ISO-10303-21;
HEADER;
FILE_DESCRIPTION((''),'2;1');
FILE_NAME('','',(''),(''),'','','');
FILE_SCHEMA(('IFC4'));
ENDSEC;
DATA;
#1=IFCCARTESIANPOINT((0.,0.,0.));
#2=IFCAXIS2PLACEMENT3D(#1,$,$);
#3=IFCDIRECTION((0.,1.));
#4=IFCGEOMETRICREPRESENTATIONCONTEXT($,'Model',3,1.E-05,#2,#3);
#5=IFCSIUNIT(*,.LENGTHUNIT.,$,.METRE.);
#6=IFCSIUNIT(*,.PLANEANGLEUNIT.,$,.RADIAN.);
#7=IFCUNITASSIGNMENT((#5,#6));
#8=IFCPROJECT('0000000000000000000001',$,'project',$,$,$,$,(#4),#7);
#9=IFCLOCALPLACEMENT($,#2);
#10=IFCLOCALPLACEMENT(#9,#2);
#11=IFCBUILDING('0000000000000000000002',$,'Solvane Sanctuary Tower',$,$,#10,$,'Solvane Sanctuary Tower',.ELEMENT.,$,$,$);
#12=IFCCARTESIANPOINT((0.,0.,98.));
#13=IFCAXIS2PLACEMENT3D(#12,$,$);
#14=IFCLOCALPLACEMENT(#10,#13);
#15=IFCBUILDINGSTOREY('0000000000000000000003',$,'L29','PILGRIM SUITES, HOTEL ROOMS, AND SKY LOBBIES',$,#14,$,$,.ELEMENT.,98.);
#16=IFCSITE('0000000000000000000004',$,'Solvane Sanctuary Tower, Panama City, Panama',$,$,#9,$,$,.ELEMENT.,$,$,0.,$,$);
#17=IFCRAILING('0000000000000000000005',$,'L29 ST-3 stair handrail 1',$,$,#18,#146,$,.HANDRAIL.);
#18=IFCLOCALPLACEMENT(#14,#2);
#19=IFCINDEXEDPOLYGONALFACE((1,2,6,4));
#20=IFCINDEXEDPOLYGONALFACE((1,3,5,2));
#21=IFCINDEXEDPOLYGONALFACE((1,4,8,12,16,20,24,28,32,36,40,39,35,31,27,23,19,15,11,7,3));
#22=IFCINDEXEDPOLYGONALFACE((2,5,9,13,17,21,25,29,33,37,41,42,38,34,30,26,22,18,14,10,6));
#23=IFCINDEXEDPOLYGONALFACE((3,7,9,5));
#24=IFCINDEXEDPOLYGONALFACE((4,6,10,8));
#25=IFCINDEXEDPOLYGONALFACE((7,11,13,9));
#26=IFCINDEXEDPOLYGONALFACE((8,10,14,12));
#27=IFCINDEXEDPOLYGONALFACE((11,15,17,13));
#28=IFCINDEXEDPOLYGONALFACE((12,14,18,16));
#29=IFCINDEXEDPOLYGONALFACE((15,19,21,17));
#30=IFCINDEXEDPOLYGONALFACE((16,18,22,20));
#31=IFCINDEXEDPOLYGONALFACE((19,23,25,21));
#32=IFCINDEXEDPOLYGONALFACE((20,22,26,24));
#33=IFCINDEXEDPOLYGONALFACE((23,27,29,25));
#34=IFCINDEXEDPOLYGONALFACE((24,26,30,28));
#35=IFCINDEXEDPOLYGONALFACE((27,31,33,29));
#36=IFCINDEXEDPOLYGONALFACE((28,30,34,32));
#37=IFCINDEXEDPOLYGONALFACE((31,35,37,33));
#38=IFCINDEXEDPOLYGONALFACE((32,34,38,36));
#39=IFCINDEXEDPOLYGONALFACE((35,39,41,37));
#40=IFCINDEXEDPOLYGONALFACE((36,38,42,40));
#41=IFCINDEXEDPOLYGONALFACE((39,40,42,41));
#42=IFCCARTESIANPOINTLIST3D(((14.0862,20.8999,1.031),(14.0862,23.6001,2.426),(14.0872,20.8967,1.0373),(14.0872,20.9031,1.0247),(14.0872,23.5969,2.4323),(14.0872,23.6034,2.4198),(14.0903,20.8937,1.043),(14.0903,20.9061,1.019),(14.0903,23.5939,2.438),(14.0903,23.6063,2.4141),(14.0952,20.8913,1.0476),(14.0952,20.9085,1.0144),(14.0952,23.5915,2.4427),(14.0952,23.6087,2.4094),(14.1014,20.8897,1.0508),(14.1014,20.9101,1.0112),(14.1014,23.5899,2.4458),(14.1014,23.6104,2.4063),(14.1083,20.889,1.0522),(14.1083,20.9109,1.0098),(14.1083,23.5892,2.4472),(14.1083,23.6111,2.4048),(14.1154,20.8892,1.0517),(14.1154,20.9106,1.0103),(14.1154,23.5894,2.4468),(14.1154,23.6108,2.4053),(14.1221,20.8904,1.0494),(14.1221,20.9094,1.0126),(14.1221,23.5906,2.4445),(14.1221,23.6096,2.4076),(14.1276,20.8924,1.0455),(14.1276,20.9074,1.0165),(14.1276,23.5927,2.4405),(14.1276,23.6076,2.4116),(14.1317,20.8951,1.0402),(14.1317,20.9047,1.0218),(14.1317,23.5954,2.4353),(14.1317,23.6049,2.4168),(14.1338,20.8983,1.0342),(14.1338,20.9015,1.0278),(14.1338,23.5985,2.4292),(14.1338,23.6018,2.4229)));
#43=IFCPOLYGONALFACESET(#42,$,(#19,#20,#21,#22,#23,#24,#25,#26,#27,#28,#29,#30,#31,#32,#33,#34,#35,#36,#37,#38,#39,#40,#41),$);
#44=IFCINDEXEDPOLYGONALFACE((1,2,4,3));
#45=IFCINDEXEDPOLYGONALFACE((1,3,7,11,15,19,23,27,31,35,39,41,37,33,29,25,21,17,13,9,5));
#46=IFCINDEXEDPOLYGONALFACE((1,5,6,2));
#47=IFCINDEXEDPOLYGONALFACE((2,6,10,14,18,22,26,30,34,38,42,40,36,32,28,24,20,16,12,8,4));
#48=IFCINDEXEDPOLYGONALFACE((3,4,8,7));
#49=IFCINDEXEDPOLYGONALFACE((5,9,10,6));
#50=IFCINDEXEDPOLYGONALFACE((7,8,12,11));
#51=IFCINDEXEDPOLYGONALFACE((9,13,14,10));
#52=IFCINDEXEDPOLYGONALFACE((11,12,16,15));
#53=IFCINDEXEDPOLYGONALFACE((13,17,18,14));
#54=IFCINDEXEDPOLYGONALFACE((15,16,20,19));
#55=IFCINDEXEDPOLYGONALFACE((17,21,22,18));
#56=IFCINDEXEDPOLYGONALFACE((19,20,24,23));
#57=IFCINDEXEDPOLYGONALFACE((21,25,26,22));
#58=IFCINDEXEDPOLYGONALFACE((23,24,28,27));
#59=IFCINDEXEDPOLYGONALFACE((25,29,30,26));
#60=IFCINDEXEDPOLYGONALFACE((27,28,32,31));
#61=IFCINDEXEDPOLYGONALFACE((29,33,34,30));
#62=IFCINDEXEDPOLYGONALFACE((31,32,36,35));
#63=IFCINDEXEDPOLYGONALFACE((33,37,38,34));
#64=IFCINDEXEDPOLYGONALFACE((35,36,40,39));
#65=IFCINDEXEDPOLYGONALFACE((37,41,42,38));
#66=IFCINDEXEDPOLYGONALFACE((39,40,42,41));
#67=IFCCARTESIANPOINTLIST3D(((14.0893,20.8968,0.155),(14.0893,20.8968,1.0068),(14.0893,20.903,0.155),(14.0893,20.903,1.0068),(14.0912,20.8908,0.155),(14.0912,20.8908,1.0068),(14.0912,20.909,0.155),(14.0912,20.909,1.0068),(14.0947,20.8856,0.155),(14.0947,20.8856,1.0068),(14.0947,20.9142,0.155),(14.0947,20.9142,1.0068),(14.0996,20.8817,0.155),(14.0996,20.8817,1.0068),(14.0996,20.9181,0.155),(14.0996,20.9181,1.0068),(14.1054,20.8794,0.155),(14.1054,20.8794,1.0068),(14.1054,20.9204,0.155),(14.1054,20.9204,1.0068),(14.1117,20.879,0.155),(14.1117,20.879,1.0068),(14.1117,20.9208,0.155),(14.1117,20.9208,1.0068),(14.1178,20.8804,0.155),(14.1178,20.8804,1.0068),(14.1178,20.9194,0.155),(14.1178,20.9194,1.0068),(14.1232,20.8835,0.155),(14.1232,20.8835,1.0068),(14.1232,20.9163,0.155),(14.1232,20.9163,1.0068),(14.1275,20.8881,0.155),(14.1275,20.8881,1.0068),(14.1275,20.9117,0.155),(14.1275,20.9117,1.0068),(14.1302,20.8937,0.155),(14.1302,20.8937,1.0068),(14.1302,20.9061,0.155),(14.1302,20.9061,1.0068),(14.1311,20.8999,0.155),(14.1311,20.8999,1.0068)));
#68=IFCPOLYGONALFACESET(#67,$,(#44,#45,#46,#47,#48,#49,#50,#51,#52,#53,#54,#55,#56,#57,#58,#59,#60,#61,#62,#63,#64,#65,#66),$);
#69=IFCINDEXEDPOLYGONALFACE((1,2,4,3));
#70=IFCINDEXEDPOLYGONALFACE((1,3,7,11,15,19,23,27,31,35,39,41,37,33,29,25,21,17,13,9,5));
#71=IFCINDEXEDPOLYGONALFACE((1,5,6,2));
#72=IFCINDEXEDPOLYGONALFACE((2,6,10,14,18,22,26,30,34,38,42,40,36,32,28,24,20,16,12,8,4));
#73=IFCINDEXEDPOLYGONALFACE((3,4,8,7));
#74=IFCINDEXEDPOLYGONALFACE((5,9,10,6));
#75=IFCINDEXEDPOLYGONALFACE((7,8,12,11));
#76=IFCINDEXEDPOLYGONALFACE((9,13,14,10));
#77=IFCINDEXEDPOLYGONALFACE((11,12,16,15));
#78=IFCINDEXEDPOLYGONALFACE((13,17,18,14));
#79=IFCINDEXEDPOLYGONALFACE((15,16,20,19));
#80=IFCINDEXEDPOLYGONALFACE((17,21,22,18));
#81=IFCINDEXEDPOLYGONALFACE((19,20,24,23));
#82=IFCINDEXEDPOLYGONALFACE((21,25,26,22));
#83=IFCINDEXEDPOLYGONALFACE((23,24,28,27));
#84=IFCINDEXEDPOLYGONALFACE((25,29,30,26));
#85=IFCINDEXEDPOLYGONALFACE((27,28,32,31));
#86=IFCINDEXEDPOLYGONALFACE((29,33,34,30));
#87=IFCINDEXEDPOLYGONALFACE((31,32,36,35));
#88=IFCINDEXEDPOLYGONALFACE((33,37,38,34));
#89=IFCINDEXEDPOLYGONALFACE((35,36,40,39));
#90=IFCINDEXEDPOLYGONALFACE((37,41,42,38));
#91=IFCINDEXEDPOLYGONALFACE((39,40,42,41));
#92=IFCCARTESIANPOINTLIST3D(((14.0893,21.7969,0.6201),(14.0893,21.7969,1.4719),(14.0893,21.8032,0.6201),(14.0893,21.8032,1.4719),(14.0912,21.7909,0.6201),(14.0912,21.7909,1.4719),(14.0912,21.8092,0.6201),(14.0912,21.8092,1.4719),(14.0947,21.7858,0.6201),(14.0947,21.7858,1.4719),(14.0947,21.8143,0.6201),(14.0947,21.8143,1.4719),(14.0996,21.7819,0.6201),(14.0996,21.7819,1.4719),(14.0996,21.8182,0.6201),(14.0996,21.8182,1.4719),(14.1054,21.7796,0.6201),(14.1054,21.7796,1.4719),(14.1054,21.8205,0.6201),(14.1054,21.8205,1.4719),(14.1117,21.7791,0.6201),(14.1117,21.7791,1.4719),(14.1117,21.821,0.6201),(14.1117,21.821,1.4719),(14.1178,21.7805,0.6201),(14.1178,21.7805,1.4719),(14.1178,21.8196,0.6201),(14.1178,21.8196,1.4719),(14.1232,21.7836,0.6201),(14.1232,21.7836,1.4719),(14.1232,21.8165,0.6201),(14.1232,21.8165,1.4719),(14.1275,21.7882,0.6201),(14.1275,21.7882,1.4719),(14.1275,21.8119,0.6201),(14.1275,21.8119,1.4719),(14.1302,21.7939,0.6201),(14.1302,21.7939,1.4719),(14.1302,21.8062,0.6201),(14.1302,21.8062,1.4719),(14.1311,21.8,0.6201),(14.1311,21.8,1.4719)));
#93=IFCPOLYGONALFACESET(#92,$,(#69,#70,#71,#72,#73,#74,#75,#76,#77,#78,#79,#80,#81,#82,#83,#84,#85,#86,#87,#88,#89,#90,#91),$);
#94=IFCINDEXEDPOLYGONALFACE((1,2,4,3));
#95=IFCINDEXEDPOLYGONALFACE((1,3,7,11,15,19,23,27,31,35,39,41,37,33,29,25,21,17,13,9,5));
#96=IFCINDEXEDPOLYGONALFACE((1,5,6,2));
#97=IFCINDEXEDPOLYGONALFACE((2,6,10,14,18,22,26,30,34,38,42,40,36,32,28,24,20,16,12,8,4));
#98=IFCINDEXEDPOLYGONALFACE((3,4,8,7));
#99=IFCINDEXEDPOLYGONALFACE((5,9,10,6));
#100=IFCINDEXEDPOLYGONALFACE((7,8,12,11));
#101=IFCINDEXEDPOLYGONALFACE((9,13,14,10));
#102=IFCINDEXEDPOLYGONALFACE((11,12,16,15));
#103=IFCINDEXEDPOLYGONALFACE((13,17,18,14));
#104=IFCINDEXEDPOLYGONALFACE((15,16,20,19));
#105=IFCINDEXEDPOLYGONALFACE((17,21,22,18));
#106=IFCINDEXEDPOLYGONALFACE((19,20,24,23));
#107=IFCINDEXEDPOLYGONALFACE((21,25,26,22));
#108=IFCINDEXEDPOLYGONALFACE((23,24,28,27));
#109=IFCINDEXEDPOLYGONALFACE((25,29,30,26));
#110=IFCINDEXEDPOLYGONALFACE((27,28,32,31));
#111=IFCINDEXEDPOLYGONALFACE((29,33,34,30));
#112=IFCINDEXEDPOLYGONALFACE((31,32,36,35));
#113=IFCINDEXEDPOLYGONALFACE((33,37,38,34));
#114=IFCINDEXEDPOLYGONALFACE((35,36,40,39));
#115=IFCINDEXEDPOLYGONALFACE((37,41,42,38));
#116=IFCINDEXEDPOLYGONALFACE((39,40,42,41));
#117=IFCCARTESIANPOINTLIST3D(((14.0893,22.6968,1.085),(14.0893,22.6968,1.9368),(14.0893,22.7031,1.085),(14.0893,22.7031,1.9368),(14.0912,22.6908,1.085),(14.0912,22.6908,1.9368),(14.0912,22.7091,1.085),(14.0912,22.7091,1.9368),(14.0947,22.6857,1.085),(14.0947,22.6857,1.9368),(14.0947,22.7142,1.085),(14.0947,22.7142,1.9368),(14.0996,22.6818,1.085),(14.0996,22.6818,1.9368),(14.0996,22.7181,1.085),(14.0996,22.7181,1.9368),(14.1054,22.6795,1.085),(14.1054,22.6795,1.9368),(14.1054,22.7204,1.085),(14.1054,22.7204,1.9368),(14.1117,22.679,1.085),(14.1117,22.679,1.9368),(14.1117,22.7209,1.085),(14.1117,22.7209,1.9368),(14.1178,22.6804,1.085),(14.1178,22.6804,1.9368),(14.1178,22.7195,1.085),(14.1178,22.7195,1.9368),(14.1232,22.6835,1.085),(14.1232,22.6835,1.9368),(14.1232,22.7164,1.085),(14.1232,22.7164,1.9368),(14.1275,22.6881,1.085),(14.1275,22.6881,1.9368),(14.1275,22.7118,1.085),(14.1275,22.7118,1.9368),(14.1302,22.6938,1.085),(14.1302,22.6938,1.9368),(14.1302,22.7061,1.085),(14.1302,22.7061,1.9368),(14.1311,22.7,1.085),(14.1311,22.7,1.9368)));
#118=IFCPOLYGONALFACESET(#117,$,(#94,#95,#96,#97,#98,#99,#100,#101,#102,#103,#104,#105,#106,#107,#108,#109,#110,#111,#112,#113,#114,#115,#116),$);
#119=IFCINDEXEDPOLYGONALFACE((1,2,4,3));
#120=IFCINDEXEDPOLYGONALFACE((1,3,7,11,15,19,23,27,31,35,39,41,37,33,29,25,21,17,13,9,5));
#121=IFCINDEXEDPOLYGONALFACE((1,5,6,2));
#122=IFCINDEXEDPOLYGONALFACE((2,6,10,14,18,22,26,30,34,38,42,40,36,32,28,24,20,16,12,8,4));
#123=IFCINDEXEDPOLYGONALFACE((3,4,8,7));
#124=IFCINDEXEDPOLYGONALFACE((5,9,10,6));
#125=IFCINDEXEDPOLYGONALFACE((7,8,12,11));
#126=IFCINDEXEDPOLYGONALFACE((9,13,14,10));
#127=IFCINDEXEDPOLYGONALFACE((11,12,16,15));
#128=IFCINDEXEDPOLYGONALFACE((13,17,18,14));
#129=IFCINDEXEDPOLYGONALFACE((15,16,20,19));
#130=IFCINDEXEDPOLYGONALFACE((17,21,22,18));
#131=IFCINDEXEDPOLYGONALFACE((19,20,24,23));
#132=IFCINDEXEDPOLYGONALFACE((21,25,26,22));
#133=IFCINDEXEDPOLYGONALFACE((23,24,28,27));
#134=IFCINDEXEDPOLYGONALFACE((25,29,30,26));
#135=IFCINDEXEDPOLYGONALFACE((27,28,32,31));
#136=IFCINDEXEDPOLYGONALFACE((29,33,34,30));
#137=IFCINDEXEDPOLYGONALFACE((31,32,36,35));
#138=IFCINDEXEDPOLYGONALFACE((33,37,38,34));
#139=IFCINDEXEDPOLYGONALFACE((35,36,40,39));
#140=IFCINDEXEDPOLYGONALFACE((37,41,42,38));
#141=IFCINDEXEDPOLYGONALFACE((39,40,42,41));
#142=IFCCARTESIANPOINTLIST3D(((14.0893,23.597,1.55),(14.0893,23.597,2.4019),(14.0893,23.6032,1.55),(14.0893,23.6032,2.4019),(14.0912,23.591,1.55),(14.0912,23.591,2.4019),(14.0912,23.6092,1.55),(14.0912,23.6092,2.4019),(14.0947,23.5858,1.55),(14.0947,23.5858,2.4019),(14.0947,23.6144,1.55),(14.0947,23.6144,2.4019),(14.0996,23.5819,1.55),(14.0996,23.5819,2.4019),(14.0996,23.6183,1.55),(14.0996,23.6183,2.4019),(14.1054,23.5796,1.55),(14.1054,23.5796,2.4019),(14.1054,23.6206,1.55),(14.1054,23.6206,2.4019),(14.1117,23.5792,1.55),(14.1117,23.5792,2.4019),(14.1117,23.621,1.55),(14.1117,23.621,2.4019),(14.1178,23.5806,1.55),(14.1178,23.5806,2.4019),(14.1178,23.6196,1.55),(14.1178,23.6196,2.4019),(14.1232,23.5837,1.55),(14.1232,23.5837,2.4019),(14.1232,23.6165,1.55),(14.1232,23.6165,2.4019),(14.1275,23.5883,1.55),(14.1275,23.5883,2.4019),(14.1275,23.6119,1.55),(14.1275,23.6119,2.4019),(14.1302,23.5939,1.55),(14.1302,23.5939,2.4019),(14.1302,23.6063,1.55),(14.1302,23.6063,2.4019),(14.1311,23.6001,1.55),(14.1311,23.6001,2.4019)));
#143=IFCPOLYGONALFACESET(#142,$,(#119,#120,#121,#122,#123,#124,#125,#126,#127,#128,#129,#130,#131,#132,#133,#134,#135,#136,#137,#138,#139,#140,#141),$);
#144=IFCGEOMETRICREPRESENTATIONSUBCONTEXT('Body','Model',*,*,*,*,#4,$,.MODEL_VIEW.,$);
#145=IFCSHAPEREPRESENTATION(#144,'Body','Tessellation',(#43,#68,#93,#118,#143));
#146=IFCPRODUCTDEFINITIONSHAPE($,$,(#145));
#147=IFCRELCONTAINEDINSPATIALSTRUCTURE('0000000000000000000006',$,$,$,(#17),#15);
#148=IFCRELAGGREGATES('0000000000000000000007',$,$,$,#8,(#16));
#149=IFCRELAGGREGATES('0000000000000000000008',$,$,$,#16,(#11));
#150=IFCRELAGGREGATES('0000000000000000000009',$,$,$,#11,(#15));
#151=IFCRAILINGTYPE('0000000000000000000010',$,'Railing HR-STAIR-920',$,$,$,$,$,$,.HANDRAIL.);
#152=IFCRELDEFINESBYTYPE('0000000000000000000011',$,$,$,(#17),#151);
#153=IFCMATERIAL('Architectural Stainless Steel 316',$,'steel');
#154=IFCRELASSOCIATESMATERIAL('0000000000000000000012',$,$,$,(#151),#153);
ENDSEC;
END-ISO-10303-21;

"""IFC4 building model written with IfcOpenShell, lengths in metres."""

from ifc_helpers import new_model, si_unit, direction, frame, origin, origin_2d, place, context, subcontext, project, spatial, circle, extrude, material, type_object, element, save


model = new_model("IFC4")

# Units and contexts
model_context = context("Model", 3, precision=1e-05, world=origin(), true_north=direction((0.0, 1.0)))
body_context = subcontext(model_context, "Body", "Model", "MODEL_VIEW")
ifc_project = project(units=[si_unit("LENGTHUNIT", "METRE"), si_unit("PLANEANGLEUNIT", "RADIAN")], contexts=[model_context])

# Site, building, storey
site_placement = place(None, origin())
site = spatial("IfcSite", under=ifc_project, at=site_placement, Name="Solvane Sanctuary Tower, Panama City, Panama", CompositionType="ELEMENT", RefElevation=0.0)
building_placement = place(site_placement, origin())
building = spatial("IfcBuilding", under=site, at=building_placement, Name="Solvane Sanctuary Tower", LongName="Solvane Sanctuary Tower", CompositionType="ELEMENT")
storey_placement = place(building_placement, frame((0.0, 0.0, 98.0)))
storey = spatial("IfcBuildingStorey", under=building, at=storey_placement, Name="L29", Description="PILGRIM SUITES, HOTEL ROOMS, AND SKY LOBBIES", CompositionType="ELEMENT", Elevation=98.0)

# Railing
ifc_material_1 = material(Name="Architectural Stainless Steel 316", Category="steel")
railing_type_1 = type_object("IfcRailingType", Name="Railing HR-STAIR-920", PredefinedType="HANDRAIL", material=ifc_material_1)
railing_1_placement = place(storey_placement, frame((14.1101, 20.8999, 0.155)))
element("IfcRailing", 1, at=railing_1_placement, inside=storey, type_object=railing_type_1, Name="L29 ST-3 stair handrail 1", PredefinedType="HANDRAIL", context=body_context, shape_type="SweptSolid", body=[
    extrude(circle(Radius=0.0239, at=origin_2d()), frame((0.0, 0.0, 0.876), z_axis=(0.0, 0.888437, 0.458999), x_axis=(-1.0, 0.0, 0.0)), (0.0, 0.0, 1.0), 3.0393),
    extrude(circle(Radius=0.021, at=origin_2d()), origin(), (0.0, 0.0, 1.0), 0.8518),
    extrude(circle(Radius=0.021, at=origin_2d()), frame((0.0, 0.9001, 0.4651)), (0.0, 0.0, 1.0), 0.8518),
    extrude(circle(Radius=0.021, at=origin_2d()), frame((0.0, 1.8, 0.9299)), (0.0, 0.0, 1.0), 0.8518),
    extrude(circle(Radius=0.021, at=origin_2d()), frame((0.0, 2.7002, 1.395)), (0.0, 0.0, 1.0), 0.8518),
])

save(model, "model.ifc")
